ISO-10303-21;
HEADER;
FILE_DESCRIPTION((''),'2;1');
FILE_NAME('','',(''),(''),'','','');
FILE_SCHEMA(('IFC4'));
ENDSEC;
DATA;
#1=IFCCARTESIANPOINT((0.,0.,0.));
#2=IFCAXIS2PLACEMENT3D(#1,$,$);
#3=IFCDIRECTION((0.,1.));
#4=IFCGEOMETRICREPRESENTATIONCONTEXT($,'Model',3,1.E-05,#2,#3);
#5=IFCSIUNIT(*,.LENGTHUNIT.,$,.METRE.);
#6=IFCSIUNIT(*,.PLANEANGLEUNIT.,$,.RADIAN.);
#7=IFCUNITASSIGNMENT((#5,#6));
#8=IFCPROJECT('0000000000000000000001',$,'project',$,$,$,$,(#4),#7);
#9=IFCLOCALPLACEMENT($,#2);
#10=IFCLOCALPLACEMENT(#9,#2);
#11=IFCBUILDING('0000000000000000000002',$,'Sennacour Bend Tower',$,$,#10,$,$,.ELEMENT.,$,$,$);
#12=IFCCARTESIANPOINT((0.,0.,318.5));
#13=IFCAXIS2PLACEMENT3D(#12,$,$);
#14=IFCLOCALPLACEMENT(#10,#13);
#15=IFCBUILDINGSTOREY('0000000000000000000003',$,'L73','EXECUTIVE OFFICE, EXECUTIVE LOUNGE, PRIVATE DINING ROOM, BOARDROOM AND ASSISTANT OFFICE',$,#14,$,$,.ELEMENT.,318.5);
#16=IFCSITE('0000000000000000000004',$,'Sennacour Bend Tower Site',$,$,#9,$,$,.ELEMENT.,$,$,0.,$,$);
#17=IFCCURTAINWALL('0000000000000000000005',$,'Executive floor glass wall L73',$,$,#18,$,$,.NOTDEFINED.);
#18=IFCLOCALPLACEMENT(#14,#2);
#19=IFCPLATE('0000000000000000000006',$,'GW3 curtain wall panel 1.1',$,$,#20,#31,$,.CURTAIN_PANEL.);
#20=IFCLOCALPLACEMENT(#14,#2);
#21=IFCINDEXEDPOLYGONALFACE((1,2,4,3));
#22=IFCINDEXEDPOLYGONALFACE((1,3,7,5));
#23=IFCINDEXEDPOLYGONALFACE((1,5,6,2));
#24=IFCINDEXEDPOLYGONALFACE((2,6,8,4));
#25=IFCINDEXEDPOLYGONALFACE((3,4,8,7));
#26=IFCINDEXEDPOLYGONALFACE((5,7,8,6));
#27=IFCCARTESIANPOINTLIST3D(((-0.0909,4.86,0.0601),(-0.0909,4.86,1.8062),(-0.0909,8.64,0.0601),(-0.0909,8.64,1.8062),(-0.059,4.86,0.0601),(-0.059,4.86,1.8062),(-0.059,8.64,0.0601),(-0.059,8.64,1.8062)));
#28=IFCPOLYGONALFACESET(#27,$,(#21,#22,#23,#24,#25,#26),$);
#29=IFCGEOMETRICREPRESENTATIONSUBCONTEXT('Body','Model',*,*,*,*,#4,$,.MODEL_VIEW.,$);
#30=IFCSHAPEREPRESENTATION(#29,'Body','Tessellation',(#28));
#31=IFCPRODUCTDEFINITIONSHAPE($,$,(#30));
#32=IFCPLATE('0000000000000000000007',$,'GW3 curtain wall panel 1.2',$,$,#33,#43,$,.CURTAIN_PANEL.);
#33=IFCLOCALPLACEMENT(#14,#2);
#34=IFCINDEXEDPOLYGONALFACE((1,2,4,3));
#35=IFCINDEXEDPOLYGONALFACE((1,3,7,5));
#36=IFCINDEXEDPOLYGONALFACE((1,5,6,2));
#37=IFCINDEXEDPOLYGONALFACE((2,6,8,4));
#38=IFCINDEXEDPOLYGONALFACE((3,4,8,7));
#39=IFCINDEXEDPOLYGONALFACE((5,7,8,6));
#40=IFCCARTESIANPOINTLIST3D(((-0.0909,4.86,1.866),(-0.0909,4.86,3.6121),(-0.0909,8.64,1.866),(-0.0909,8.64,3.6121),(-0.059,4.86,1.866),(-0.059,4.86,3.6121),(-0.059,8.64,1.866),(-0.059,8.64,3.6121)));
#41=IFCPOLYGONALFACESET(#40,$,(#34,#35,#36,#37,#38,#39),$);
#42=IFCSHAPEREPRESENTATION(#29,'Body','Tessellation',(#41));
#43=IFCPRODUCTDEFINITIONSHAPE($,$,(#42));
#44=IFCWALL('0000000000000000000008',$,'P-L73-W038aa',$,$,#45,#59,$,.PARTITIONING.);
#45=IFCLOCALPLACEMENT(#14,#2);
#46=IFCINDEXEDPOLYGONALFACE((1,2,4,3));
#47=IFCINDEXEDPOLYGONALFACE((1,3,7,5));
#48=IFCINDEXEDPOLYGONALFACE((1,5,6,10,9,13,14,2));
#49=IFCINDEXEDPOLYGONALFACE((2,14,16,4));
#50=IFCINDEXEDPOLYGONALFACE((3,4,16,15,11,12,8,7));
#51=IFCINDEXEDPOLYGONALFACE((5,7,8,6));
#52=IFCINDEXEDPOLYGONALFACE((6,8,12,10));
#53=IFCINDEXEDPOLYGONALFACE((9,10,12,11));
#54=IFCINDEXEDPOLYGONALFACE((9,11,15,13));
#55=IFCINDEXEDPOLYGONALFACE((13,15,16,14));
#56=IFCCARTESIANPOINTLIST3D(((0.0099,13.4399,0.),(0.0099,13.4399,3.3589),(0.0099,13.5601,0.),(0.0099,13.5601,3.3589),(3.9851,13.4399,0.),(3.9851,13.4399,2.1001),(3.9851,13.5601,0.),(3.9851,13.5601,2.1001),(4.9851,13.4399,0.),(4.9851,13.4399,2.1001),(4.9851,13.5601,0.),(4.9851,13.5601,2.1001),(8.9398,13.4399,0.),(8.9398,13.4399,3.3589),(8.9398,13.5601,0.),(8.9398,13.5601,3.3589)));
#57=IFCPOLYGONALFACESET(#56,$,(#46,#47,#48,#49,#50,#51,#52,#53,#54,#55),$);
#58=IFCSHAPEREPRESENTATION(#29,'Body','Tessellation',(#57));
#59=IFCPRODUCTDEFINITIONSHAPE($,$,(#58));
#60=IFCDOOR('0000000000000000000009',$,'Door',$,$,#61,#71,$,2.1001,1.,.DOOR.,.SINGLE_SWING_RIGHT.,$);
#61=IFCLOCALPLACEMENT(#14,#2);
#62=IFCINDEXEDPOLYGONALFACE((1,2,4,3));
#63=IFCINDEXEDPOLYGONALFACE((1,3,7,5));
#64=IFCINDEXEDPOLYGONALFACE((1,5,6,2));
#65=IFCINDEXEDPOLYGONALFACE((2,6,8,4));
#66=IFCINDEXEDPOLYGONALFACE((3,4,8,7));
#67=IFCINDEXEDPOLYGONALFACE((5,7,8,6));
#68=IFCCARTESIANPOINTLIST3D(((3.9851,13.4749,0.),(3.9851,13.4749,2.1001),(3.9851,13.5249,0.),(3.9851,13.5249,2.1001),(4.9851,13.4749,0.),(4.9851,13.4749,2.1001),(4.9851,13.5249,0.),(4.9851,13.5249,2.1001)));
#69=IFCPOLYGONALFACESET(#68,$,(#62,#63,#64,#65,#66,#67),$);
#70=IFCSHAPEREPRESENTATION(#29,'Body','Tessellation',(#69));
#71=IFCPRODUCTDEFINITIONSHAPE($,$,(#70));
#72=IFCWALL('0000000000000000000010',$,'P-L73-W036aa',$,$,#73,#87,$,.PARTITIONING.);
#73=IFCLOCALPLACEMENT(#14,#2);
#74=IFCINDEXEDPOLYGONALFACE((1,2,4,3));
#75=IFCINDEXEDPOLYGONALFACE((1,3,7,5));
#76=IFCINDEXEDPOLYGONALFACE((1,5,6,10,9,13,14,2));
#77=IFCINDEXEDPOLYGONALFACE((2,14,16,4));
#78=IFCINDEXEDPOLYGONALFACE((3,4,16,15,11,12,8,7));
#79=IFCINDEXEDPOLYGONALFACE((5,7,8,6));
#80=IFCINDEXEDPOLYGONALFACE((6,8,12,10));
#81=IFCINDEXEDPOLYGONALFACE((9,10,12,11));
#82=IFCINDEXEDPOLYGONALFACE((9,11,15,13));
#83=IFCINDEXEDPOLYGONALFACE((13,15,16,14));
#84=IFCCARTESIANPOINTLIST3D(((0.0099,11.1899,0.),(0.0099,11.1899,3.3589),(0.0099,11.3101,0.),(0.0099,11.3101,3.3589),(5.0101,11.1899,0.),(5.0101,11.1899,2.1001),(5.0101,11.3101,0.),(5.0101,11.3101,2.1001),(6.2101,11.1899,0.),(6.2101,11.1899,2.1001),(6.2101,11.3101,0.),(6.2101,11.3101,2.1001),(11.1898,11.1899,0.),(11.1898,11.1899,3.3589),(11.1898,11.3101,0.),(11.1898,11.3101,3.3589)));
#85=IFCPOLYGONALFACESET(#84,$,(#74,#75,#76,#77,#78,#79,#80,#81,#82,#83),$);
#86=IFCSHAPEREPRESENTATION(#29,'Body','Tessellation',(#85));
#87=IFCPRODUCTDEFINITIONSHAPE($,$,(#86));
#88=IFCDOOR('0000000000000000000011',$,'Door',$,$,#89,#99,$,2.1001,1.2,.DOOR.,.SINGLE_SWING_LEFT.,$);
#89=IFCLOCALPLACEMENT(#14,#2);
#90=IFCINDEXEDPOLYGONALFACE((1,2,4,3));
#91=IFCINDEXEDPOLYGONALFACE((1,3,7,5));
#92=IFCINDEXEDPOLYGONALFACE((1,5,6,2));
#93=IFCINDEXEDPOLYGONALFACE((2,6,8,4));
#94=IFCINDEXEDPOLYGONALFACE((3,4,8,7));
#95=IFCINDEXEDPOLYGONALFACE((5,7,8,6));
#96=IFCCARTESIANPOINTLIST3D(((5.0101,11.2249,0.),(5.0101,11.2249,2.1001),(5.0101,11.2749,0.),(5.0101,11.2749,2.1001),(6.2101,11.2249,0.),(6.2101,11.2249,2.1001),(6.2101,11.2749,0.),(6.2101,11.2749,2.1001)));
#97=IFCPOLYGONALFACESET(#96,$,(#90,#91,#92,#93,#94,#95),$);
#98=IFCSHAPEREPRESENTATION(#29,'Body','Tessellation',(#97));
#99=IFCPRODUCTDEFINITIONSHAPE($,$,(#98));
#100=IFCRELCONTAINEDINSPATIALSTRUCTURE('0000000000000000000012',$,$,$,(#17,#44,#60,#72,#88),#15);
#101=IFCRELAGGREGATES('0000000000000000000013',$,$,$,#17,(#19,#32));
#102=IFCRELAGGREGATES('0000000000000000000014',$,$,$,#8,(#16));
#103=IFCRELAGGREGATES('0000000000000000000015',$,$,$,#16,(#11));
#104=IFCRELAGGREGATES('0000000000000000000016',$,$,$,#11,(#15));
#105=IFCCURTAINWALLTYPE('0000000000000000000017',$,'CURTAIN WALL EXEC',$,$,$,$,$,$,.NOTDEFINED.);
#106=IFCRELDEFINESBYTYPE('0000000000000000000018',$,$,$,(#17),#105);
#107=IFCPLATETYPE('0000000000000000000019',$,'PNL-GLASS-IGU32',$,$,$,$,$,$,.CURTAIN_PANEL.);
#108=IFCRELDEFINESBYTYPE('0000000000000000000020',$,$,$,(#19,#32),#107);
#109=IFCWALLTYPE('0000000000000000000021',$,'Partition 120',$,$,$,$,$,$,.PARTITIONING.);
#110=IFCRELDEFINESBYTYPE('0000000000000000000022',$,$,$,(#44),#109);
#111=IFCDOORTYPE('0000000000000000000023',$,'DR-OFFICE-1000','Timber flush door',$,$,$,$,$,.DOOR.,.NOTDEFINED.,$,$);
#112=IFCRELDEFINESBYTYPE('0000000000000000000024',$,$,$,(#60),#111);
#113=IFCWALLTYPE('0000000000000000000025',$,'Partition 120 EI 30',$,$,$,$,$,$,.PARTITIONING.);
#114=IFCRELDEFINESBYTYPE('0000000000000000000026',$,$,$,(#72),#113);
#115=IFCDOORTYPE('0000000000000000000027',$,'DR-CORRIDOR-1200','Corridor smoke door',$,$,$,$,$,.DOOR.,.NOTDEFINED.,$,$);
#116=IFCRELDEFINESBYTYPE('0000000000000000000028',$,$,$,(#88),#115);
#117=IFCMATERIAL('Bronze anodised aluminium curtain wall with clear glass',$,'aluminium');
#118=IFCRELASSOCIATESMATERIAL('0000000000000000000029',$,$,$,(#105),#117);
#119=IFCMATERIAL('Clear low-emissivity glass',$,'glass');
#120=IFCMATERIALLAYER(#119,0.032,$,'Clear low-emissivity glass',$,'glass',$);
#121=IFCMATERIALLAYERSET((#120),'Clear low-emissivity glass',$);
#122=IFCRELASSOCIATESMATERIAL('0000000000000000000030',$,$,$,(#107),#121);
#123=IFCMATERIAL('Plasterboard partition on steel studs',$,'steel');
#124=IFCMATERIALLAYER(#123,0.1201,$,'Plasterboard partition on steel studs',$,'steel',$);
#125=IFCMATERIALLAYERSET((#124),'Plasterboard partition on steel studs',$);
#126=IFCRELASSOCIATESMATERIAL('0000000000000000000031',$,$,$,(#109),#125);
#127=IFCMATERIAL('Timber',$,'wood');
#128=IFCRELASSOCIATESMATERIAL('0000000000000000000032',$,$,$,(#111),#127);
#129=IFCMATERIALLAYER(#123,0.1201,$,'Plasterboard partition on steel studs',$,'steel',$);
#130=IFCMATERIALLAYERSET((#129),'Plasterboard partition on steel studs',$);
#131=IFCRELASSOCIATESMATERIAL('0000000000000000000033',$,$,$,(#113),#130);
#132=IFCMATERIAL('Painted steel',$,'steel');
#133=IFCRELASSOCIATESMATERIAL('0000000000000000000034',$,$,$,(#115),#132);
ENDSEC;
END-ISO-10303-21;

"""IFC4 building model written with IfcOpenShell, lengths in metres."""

from ifc_helpers import new_model, si_unit, direction, frame, frame_2d, origin, origin_2d, place, context, subcontext, project, spatial, rectangle, extrude, material, layer, layer_set, type_object, element, fill, aggregate, save


model = new_model("IFC4")

# Units and contexts
model_context = context("Model", 3, precision=1e-05, world=origin(), true_north=direction((0.0, 1.0)))
body_context = subcontext(model_context, "Body", "Model", "MODEL_VIEW")
ifc_project = project(units=[si_unit("LENGTHUNIT", "METRE"), si_unit("PLANEANGLEUNIT", "RADIAN")], contexts=[model_context])

# Site, building, storey
site_placement = place(None, origin())
site = spatial("IfcSite", under=ifc_project, at=site_placement, Name="Sennacour Bend Tower Site", CompositionType="ELEMENT", RefElevation=0.0)
building_placement = place(site_placement, origin())
building = spatial("IfcBuilding", under=site, at=building_placement, Name="Sennacour Bend Tower", CompositionType="ELEMENT")
storey_placement = place(building_placement, frame((0.0, 0.0, 318.5)))
storey = spatial("IfcBuildingStorey", under=building, at=storey_placement, Name="L73", Description="EXECUTIVE OFFICE, EXECUTIVE LOUNGE, PRIVATE DINING ROOM, BOARDROOM AND ASSISTANT OFFICE", CompositionType="ELEMENT", Elevation=318.5)

# Shared definitions
ifc_material_1 = material(Name="Bronze anodised aluminium curtain wall with clear glass", Category="aluminium")
curtain_wall_type = type_object("IfcCurtainWallType", Name="CURTAIN WALL EXEC", PredefinedType="NOTDEFINED", material=ifc_material_1)

# Curtain wall
curtain_wall_1_placement = place(storey_placement, origin())
curtain_wall_1 = element("IfcCurtainWall", 1, at=curtain_wall_1_placement, inside=storey, type_object=curtain_wall_type, Name="Executive floor glass wall L73", PredefinedType="NOTDEFINED")

# Plates
ifc_material_2 = material(Name="Clear low-emissivity glass", Category="glass")
ifc_layer_1 = layer(ifc_material_2, 0.032, Name="Clear low-emissivity glass", Category="glass")
ifc_layer_set_1 = layer_set([ifc_layer_1], Name="Clear low-emissivity glass")
plate_type = type_object("IfcPlateType", Name="PNL-GLASS-IGU32", PredefinedType="CURTAIN_PANEL", material=ifc_layer_set_1)
plate_1_placement = place(storey_placement, frame((-0.075, 6.75, 0.0601), z_axis=(0.0, 0.0, 1.0), x_axis=(0.0, -1.0, 0.0)))
plate_1 = element("IfcPlate", 2, at=plate_1_placement, type_object=plate_type, Name="GW3 curtain wall panel 1.1", PredefinedType="CURTAIN_PANEL", context=body_context, shape_type="SweptSolid", body=[
    extrude(rectangle(XDim=3.78, YDim=0.032, at=origin_2d()), origin(), (0.0, 0.0, 1.0), 1.7461),
])
plate_2_placement = place(storey_placement, frame((-0.075, 6.75, 1.866), z_axis=(0.0, 0.0, 1.0), x_axis=(0.0, -1.0, 0.0)))
plate_2 = element("IfcPlate", 3, at=plate_2_placement, type_object=plate_type, Name="GW3 curtain wall panel 1.2", PredefinedType="CURTAIN_PANEL", context=body_context, shape_type="SweptSolid", body=[
    extrude(rectangle(XDim=3.78, YDim=0.032, at=origin_2d()), origin(), (0.0, 0.0, 1.0), 1.7461),
])
aggregate(curtain_wall_1, [plate_1, plate_2])

# Walls, openings, doors
ifc_material_3 = material(Name="Plasterboard partition on steel studs", Category="steel")
ifc_layer_2 = layer(ifc_material_3, 0.1201, Name="Plasterboard partition on steel studs", Category="steel")
ifc_layer_set_2 = layer_set([ifc_layer_2], Name="Plasterboard partition on steel studs")
wall_type_1 = type_object("IfcWallType", Name="Partition 120", PredefinedType="PARTITIONING", material=ifc_layer_set_2)
wall_1_placement = place(storey_placement, frame((0.01, 13.5, 0.0), z_axis=(0.0, 0.0, 1.0), x_axis=(1.0, 0.0, 0.0)))
wall_1 = element("IfcWall", 4, at=wall_1_placement, inside=storey, type_object=wall_type_1, Name="P-L73-W038aa", PredefinedType="PARTITIONING", context=body_context, shape_type="SweptSolid", body=[
    extrude(rectangle(XDim=8.9299, YDim=0.1201, at=frame_2d((4.4648, 0.0))), origin(), (0.0, 0.0, 1.0), 3.3589),
])
opening_1_placement = place(wall_1_placement, frame((3.9751, 0.0, 0.0)))
opening_1 = element("IfcOpeningElement", 5, at=opening_1_placement, cuts=wall_1, PredefinedType="OPENING", context=body_context, shape_type="SweptSolid", body=[
    extrude(rectangle(XDim=1.0, YDim=2.1001, at=frame_2d((0.5, 1.05))), frame((0.0, 0.0701, 0.0), z_axis=(0.0, -1.0, 0.0), x_axis=(1.0, 0.0, 0.0)), (0.0, 0.0, 1.0), 0.1401),
])
ifc_material_4 = material(Name="Timber", Category="wood")
door_type_1 = type_object("IfcDoorType", Name="DR-OFFICE-1000", Description="Timber flush door", OperationType="NOTDEFINED", PredefinedType="DOOR", material=ifc_material_4)
door_1_placement = place(opening_1_placement, origin())
door_1 = element("IfcDoor", 6, at=door_1_placement, inside=storey, type_object=door_type_1, Name="Door", OperationType="SINGLE_SWING_RIGHT", OverallHeight=2.1001, OverallWidth=1.0, PredefinedType="DOOR", context=body_context, shape_type="SweptSolid", body=[
    extrude(rectangle(XDim=1.0, YDim=2.1001, at=frame_2d((0.5, 1.05))), frame((0.0, 0.0249, 0.0), z_axis=(0.0, -1.0, 0.0), x_axis=(1.0, 0.0, 0.0)), (0.0, 0.0, 1.0), 0.05),
])
fill(opening_1, door_1)
ifc_layer_3 = layer(ifc_material_3, 0.1201, Name="Plasterboard partition on steel studs", Category="steel")
ifc_layer_set_3 = layer_set([ifc_layer_3], Name="Plasterboard partition on steel studs")
wall_type_2 = type_object("IfcWallType", Name="Partition 120 EI 30", PredefinedType="PARTITIONING", material=ifc_layer_set_3)
wall_2_placement = place(storey_placement, frame((0.01, 11.25, 0.0), z_axis=(0.0, 0.0, 1.0), x_axis=(1.0, 0.0, 0.0)))
wall_2 = element("IfcWall", 7, at=wall_2_placement, inside=storey, type_object=wall_type_2, Name="P-L73-W036aa", PredefinedType="PARTITIONING", context=body_context, shape_type="SweptSolid", body=[
    extrude(rectangle(XDim=11.1799, YDim=0.1201, at=frame_2d((5.5898, 0.0))), origin(), (0.0, 0.0, 1.0), 3.3589),
])
opening_2_placement = place(wall_2_placement, frame((5.0, 0.0, 0.0)))
opening_2 = element("IfcOpeningElement", 8, at=opening_2_placement, cuts=wall_2, PredefinedType="OPENING", context=body_context, shape_type="SweptSolid", body=[
    extrude(rectangle(XDim=1.2, YDim=2.1001, at=frame_2d((0.6001, 1.05))), frame((0.0, 0.0701, 0.0), z_axis=(0.0, -1.0, 0.0), x_axis=(1.0, 0.0, 0.0)), (0.0, 0.0, 1.0), 0.1401),
])
ifc_material_5 = material(Name="Painted steel", Category="steel")
door_type_2 = type_object("IfcDoorType", Name="DR-CORRIDOR-1200", Description="Corridor smoke door", OperationType="NOTDEFINED", PredefinedType="DOOR", material=ifc_material_5)
door_2_placement = place(opening_2_placement, origin())
door_2 = element("IfcDoor", 9, at=door_2_placement, inside=storey, type_object=door_type_2, Name="Door", OperationType="SINGLE_SWING_LEFT", OverallHeight=2.1001, OverallWidth=1.2, PredefinedType="DOOR", context=body_context, shape_type="SweptSolid", body=[
    extrude(rectangle(XDim=1.2, YDim=2.1001, at=frame_2d((0.6001, 1.05))), frame((0.0, 0.0249, 0.0), z_axis=(0.0, -1.0, 0.0), x_axis=(1.0, 0.0, 0.0)), (0.0, 0.0, 1.0), 0.05),
])
fill(opening_2, door_2)

save(model, "model.ifc")
